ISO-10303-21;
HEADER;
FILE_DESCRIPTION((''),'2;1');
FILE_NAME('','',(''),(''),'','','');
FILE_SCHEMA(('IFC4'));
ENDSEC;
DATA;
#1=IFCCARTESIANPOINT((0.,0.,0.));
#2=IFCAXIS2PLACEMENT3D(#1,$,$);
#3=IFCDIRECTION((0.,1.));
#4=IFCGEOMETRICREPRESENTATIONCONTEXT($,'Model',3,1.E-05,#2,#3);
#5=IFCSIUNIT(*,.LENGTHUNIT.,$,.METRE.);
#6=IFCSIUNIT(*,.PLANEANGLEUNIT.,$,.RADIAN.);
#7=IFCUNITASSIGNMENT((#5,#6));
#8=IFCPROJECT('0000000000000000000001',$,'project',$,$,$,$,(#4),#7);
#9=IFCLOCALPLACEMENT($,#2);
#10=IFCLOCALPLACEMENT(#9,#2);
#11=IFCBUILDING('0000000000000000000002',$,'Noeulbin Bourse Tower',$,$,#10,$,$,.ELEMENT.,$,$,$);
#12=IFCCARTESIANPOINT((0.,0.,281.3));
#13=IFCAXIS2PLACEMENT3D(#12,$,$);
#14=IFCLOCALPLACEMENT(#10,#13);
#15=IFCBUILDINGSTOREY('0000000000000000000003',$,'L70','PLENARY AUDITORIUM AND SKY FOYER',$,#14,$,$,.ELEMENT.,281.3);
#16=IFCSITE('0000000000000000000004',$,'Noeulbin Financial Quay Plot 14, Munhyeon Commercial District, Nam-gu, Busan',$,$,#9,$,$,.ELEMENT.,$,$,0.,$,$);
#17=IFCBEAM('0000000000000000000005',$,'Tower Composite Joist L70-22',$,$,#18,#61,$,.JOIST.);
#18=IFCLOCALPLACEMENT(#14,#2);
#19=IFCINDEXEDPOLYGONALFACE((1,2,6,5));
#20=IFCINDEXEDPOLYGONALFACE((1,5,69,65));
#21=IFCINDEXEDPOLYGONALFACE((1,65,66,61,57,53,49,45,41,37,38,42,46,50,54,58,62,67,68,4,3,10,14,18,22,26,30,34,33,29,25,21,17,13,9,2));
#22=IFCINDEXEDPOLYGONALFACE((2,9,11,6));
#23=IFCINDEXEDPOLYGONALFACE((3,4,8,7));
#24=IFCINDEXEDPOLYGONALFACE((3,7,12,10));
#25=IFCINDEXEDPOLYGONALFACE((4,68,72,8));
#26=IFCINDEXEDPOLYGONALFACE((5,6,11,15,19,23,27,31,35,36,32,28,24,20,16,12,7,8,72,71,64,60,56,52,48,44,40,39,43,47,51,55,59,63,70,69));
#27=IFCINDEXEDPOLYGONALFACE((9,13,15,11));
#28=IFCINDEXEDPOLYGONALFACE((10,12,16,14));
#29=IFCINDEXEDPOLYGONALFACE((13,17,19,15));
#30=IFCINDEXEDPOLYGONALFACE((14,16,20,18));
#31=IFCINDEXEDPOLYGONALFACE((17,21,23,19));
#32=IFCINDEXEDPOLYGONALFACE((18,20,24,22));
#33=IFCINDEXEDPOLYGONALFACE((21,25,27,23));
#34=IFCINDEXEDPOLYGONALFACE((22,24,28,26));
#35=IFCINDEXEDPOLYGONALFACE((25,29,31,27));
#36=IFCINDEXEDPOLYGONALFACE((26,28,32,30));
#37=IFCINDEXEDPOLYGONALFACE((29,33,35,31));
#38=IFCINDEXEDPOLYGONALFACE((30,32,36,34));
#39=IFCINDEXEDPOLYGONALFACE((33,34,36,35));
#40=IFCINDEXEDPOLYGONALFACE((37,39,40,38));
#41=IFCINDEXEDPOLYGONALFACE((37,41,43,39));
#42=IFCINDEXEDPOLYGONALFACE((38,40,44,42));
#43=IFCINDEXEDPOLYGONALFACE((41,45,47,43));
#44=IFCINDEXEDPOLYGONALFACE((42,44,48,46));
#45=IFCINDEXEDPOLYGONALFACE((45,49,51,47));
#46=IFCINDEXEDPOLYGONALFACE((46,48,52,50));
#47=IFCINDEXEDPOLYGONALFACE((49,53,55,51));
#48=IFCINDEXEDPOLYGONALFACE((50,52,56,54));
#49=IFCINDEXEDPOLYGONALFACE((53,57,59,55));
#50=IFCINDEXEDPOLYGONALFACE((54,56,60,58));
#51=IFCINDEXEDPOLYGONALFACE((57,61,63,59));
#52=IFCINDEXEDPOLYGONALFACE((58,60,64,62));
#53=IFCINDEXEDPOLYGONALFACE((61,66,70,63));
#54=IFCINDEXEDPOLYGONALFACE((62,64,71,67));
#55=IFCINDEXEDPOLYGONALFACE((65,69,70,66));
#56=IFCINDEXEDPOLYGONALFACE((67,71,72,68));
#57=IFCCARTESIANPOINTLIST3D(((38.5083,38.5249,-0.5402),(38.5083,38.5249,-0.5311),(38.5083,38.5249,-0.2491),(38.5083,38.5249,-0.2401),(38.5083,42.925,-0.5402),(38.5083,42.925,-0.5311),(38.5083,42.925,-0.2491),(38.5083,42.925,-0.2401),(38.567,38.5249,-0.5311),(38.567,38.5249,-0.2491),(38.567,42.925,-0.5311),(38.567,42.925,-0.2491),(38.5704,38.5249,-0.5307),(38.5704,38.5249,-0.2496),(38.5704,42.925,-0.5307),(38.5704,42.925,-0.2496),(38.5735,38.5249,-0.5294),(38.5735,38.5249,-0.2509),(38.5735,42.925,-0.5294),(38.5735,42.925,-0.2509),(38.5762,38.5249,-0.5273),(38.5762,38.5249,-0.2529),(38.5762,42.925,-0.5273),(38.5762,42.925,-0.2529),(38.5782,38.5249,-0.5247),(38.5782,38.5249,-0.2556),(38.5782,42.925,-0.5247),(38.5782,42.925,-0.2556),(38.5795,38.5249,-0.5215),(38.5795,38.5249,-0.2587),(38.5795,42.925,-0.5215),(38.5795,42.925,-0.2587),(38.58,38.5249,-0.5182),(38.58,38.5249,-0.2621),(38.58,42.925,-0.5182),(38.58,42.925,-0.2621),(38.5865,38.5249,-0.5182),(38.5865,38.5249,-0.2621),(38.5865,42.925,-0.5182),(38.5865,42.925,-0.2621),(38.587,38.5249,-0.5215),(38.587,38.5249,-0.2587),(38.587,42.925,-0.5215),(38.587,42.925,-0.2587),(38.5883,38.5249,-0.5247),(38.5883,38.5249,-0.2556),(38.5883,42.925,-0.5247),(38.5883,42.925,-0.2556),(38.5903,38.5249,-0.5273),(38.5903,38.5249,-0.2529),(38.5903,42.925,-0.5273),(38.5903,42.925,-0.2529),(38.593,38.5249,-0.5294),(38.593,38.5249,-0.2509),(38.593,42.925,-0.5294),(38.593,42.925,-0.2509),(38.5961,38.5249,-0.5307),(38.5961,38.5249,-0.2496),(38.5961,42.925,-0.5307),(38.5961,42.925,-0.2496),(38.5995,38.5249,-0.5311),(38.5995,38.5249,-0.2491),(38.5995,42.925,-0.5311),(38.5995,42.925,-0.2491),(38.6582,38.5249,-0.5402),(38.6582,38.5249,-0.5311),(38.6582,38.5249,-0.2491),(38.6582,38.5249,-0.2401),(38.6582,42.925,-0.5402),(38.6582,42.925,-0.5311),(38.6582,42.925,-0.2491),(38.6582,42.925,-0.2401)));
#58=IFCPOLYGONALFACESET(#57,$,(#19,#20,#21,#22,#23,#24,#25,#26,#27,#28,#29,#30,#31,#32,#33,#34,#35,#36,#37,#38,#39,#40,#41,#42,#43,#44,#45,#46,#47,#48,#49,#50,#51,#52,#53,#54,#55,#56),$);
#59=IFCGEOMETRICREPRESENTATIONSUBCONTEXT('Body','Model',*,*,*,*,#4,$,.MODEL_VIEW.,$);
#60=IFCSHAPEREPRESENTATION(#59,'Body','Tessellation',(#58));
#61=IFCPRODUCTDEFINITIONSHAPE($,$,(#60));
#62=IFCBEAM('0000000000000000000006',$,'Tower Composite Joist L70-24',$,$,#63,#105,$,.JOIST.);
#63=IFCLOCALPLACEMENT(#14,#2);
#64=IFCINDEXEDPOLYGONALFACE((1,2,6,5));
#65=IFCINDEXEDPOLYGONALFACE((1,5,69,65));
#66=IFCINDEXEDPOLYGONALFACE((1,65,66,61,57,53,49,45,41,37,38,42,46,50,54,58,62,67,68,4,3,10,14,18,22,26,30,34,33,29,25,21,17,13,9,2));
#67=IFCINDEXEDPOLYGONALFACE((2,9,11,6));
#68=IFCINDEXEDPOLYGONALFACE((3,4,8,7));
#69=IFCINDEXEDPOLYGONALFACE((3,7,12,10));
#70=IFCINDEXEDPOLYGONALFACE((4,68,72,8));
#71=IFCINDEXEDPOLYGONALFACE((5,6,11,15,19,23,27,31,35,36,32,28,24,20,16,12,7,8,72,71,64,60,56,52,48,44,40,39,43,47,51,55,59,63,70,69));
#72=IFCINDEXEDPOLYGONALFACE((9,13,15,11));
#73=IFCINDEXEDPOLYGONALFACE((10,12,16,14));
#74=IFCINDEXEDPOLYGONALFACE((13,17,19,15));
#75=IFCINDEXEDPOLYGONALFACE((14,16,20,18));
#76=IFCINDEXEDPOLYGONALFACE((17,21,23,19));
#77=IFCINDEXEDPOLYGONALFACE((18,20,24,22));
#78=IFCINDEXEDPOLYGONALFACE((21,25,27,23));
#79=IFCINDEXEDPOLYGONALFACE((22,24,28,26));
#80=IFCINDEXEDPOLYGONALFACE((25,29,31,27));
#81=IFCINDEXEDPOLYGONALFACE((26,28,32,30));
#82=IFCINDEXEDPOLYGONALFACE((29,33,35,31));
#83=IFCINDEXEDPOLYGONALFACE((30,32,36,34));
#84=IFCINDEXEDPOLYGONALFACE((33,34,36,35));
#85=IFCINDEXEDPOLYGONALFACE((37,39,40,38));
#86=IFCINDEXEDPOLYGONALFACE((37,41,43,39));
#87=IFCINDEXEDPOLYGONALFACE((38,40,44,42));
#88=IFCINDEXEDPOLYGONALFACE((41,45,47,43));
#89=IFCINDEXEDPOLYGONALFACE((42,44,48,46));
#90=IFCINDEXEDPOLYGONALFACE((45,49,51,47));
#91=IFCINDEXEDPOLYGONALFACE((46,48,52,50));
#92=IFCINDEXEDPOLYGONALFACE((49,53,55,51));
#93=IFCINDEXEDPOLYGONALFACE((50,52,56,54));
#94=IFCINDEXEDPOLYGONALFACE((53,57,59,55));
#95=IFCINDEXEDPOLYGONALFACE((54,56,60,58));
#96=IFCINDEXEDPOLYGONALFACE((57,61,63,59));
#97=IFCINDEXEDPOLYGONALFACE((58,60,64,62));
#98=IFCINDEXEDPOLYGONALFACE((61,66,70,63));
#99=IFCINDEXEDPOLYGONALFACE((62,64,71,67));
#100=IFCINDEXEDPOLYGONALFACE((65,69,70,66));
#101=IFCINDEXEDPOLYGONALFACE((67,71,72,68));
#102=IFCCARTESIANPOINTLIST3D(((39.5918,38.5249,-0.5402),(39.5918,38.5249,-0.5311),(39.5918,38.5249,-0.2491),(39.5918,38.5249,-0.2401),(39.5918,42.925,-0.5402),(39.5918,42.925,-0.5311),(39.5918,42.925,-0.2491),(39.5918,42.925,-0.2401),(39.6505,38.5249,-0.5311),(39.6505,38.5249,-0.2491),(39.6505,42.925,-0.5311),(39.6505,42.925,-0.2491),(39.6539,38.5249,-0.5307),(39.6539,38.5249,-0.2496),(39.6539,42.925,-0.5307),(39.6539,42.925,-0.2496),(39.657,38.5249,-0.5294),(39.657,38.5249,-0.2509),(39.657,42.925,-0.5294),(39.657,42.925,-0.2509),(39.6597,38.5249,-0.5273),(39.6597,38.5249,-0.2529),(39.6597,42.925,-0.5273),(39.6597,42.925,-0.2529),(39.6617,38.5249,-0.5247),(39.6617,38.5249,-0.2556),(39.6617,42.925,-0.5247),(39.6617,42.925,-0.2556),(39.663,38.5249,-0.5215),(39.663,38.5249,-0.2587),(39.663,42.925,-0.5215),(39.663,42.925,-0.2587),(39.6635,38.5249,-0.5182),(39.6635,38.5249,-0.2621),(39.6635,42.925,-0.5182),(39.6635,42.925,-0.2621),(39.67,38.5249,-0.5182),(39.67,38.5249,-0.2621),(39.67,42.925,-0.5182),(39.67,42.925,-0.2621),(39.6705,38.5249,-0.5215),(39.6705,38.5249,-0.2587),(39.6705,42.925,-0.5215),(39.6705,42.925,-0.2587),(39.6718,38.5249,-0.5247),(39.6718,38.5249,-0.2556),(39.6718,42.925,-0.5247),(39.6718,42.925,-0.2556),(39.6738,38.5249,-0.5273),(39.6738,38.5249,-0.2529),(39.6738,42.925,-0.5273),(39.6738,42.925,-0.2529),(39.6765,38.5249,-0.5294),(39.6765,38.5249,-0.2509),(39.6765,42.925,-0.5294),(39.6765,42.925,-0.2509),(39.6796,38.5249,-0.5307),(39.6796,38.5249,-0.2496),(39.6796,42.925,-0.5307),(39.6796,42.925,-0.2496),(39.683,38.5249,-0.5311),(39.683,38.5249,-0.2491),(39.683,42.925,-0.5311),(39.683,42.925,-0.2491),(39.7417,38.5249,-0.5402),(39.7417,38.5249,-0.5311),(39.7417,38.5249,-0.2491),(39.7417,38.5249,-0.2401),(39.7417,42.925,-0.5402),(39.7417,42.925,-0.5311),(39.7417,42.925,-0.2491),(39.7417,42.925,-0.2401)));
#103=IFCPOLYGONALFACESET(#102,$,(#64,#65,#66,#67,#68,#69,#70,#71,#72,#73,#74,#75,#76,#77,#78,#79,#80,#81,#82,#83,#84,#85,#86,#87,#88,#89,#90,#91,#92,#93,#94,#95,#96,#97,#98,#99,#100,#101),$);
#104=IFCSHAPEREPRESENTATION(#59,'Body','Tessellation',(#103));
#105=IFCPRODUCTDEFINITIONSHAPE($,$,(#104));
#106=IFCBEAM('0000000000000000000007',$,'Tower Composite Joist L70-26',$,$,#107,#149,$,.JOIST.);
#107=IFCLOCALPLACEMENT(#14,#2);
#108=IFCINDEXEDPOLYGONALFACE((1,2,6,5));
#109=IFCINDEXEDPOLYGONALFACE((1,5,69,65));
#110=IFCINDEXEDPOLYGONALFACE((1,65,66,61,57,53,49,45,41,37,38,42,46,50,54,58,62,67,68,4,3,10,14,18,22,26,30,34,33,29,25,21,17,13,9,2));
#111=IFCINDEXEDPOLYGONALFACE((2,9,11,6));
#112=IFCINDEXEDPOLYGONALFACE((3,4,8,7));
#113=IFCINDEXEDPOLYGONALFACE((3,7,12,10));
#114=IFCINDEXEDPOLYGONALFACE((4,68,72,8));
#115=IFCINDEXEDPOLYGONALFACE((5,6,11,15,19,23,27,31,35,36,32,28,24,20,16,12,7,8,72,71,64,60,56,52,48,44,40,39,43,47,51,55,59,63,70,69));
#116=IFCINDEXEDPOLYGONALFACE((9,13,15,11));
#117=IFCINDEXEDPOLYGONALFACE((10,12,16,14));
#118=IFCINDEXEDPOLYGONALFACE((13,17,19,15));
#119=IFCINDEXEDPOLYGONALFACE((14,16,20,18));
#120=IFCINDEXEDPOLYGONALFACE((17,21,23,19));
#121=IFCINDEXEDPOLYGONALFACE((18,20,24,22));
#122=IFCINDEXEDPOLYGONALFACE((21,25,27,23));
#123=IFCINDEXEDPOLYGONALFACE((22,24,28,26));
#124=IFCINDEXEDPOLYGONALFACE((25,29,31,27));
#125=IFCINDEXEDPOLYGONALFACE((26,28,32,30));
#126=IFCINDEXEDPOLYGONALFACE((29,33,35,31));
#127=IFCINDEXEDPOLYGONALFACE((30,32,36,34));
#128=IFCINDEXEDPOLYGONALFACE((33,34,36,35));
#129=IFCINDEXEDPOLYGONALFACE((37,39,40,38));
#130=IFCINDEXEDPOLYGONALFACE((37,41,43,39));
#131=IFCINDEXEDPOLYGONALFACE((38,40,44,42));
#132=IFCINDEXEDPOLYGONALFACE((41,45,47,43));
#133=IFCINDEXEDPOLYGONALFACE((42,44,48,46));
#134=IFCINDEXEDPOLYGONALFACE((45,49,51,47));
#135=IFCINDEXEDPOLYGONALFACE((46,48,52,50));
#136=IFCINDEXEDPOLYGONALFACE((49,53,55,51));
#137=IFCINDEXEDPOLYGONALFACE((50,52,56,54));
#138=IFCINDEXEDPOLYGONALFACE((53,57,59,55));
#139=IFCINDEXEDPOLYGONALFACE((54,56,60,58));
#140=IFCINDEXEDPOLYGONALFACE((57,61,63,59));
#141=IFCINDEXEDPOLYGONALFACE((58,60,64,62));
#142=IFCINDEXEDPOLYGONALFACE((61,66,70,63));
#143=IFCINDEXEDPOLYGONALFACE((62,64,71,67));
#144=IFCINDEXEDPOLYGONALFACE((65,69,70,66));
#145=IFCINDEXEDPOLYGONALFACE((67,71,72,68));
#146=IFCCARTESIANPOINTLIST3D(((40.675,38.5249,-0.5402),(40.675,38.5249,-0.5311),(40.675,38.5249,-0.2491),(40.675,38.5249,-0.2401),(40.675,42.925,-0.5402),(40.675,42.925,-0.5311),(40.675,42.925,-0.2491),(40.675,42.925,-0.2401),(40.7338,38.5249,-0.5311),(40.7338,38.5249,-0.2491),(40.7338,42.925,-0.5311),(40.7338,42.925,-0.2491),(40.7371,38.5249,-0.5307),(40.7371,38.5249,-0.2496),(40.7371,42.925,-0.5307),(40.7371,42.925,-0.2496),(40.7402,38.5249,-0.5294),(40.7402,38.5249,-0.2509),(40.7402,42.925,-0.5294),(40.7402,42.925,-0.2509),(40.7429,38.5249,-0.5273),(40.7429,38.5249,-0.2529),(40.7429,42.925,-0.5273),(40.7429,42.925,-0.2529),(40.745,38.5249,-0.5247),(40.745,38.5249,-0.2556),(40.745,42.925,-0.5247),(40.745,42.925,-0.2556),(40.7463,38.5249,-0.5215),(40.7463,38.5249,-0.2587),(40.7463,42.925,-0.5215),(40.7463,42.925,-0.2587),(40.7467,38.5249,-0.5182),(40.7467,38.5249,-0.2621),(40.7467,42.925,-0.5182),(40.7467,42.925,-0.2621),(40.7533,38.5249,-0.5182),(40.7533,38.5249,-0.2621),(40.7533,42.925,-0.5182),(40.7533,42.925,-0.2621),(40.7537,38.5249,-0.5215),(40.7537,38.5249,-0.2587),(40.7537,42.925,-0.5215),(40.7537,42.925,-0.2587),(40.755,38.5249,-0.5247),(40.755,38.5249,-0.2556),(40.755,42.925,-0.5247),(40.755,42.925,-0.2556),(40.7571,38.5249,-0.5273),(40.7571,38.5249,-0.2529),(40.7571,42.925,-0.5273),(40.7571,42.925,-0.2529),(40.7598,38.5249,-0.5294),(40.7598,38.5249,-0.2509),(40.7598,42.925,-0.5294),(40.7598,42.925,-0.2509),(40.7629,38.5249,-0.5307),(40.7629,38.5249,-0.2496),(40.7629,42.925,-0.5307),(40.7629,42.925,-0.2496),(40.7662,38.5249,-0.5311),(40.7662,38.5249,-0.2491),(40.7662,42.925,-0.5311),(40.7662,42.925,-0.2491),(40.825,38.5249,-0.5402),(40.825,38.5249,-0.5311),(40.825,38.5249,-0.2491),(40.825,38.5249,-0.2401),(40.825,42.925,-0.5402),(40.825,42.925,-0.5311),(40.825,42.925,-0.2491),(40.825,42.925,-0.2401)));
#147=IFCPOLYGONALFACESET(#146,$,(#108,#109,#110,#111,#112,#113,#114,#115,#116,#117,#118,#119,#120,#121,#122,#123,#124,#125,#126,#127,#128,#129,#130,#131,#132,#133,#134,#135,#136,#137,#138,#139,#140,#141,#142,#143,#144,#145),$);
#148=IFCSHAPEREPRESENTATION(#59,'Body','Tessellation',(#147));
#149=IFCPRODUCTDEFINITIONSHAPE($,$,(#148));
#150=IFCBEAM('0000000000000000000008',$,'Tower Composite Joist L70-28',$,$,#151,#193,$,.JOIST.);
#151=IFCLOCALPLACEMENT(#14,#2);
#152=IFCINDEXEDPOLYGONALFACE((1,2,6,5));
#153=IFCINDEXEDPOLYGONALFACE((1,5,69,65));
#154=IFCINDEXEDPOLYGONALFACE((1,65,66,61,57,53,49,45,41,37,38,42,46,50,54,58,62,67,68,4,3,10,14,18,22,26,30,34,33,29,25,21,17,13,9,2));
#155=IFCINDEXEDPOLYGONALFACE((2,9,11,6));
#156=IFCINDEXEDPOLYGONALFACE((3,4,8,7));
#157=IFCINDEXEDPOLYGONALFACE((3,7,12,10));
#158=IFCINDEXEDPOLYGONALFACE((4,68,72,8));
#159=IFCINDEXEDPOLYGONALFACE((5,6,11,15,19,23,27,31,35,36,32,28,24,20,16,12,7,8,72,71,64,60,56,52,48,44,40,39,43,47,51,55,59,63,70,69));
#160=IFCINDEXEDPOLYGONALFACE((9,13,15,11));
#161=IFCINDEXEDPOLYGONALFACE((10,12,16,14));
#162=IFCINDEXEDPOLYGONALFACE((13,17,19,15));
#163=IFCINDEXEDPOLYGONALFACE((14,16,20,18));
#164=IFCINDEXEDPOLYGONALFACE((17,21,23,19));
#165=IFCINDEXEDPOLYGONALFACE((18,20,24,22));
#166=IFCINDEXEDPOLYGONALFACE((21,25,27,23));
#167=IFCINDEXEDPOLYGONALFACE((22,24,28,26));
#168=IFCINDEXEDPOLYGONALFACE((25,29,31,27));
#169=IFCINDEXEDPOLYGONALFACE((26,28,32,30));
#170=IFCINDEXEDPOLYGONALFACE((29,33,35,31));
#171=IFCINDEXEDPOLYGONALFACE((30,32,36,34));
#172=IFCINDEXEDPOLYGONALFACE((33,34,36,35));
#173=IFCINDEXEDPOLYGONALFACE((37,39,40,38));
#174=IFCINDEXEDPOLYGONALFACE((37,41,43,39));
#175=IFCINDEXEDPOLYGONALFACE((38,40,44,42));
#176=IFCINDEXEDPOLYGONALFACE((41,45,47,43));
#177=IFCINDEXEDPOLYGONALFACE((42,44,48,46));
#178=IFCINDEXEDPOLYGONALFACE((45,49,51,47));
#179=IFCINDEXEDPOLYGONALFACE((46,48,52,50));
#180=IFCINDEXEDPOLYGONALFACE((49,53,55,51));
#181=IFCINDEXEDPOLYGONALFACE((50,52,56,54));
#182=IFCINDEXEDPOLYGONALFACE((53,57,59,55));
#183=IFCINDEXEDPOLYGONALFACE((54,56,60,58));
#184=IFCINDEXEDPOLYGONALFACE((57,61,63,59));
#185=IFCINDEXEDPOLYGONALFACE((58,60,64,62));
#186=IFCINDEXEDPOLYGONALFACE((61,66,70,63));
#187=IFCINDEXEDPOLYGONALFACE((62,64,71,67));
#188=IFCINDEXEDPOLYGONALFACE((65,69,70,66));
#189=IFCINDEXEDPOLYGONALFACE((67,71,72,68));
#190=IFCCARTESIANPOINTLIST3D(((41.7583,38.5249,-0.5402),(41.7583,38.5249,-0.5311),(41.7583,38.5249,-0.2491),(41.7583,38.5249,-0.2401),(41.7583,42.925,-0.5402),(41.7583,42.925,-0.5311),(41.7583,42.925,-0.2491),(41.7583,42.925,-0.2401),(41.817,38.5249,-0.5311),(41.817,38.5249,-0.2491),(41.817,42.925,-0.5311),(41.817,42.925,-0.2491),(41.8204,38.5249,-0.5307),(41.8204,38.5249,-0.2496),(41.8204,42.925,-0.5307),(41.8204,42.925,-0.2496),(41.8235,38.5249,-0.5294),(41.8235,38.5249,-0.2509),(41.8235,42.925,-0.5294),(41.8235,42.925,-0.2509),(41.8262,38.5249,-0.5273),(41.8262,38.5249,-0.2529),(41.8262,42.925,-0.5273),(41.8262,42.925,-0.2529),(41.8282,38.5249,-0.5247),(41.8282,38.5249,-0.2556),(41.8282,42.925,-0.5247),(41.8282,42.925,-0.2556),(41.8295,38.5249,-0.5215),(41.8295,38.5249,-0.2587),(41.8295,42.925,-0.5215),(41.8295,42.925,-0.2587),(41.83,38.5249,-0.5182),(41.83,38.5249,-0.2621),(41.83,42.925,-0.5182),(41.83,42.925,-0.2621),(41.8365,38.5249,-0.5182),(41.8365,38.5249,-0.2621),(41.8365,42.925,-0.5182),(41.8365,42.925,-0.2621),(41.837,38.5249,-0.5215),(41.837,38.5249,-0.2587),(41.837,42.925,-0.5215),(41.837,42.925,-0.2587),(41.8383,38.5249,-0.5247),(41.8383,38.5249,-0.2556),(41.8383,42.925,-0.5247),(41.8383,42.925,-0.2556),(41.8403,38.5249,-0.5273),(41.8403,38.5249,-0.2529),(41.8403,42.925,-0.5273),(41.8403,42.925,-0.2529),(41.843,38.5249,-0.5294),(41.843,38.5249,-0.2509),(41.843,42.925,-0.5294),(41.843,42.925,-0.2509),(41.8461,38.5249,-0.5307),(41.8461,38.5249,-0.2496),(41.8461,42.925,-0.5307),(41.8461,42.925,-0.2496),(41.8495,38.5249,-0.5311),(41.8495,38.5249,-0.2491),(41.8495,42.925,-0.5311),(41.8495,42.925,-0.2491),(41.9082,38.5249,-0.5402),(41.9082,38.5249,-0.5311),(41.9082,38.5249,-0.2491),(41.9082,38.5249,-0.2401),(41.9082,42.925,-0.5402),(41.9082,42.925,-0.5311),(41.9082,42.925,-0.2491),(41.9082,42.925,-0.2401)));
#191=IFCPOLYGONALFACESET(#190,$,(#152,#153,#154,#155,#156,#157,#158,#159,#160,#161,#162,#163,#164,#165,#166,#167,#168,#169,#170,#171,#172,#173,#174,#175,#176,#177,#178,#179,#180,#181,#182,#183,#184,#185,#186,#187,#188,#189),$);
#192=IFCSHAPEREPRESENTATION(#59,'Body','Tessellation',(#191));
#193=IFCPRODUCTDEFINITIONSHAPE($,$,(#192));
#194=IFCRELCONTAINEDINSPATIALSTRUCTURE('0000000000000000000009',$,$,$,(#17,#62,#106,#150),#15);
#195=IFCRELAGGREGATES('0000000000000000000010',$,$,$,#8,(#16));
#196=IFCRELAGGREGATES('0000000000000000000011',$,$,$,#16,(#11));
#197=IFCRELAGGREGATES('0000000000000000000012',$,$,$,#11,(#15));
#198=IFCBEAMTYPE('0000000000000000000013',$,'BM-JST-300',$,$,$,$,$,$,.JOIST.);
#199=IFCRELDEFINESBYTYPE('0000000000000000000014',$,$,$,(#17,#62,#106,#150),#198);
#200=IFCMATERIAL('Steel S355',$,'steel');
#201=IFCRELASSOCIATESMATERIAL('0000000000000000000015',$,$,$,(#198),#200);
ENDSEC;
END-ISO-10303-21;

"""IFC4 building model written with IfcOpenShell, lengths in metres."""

from ifc_helpers import new_model, si_unit, direction, frame, origin, origin_2d, place, context, subcontext, project, spatial, i_section, extrude, material, material_profile, profile_set, type_object, element, save


model = new_model("IFC4")

# Units and contexts
model_context = context("Model", 3, precision=1e-05, world=origin(), true_north=direction((0.0, 1.0)))
body_context = subcontext(model_context, "Body", "Model", "MODEL_VIEW")
ifc_project = project(units=[si_unit("LENGTHUNIT", "METRE"), si_unit("PLANEANGLEUNIT", "RADIAN")], contexts=[model_context])

# Site, building, storey
site_placement = place(None, origin())
site = spatial("IfcSite", under=ifc_project, at=site_placement, Name="Noeulbin Financial Quay Plot 14, Munhyeon Commercial District, Nam-gu, Busan", CompositionType="ELEMENT", RefElevation=0.0)
building_placement = place(site_placement, origin())
building = spatial("IfcBuilding", under=site, at=building_placement, Name="Noeulbin Bourse Tower", CompositionType="ELEMENT")
storey_placement = place(building_placement, frame((0.0, 0.0, 281.3)))
storey = spatial("IfcBuildingStorey", under=building, at=storey_placement, Name="L70", Description="PLENARY AUDITORIUM AND SKY FOYER", CompositionType="ELEMENT", Elevation=281.3)

# Shared definitions
ifc_material_1 = material(Name="Steel S355", Category="steel")

# Beams
ifc_material_profile_1 = material_profile(ifc_material_1, i_section(OverallWidth=0.1499, OverallDepth=0.3, WebThickness=0.0066, FlangeThickness=0.009, FilletRadius=0.0129, at=origin_2d()), Name="H-300x150x6.5x9", Category="LoadBearing")
ifc_profile_set_1 = profile_set([ifc_material_profile_1], Name="Steel S355")
beam_type_1 = type_object("IfcBeamType", Name="BM-JST-300", PredefinedType="JOIST", material=ifc_profile_set_1)
for number, where, z_axis, x_axis, name in (
    (1, (38.5833, 38.5249, -0.3901), (0.0, 1.0, 0.0), (-1.0, 0.0, 0.0), "Tower Composite Joist L70-22"),
    (2, (39.6667, 38.5249, -0.3901), (0.0, 1.0, 0.0), (-1.0, 0.0, 0.0), "Tower Composite Joist L70-24"),
    (3, (40.75, 38.5249, -0.3901), (0.0, 1.0, 0.0), (-1.0, 0.0, 0.0), "Tower Composite Joist L70-26"),
    (4, (41.8333, 38.5249, -0.3901), (0.0, 1.0, 0.0), (-1.0, 0.0, 0.0), "Tower Composite Joist L70-28"),
):
    element("IfcBeam", number, at=place(storey_placement, frame(where, z_axis=z_axis, x_axis=x_axis)), inside=storey, type_object=beam_type_1, Name=name, PredefinedType="JOIST", context=body_context, shape_type="SweptSolid", body=[
        extrude(i_section(OverallWidth=0.1499, OverallDepth=0.3, WebThickness=0.0066, FlangeThickness=0.009, FilletRadius=0.0129, at=origin_2d()), origin(), (0.0, 0.0, 1.0), 4.4001),
    ])

save(model, "model.ifc")
